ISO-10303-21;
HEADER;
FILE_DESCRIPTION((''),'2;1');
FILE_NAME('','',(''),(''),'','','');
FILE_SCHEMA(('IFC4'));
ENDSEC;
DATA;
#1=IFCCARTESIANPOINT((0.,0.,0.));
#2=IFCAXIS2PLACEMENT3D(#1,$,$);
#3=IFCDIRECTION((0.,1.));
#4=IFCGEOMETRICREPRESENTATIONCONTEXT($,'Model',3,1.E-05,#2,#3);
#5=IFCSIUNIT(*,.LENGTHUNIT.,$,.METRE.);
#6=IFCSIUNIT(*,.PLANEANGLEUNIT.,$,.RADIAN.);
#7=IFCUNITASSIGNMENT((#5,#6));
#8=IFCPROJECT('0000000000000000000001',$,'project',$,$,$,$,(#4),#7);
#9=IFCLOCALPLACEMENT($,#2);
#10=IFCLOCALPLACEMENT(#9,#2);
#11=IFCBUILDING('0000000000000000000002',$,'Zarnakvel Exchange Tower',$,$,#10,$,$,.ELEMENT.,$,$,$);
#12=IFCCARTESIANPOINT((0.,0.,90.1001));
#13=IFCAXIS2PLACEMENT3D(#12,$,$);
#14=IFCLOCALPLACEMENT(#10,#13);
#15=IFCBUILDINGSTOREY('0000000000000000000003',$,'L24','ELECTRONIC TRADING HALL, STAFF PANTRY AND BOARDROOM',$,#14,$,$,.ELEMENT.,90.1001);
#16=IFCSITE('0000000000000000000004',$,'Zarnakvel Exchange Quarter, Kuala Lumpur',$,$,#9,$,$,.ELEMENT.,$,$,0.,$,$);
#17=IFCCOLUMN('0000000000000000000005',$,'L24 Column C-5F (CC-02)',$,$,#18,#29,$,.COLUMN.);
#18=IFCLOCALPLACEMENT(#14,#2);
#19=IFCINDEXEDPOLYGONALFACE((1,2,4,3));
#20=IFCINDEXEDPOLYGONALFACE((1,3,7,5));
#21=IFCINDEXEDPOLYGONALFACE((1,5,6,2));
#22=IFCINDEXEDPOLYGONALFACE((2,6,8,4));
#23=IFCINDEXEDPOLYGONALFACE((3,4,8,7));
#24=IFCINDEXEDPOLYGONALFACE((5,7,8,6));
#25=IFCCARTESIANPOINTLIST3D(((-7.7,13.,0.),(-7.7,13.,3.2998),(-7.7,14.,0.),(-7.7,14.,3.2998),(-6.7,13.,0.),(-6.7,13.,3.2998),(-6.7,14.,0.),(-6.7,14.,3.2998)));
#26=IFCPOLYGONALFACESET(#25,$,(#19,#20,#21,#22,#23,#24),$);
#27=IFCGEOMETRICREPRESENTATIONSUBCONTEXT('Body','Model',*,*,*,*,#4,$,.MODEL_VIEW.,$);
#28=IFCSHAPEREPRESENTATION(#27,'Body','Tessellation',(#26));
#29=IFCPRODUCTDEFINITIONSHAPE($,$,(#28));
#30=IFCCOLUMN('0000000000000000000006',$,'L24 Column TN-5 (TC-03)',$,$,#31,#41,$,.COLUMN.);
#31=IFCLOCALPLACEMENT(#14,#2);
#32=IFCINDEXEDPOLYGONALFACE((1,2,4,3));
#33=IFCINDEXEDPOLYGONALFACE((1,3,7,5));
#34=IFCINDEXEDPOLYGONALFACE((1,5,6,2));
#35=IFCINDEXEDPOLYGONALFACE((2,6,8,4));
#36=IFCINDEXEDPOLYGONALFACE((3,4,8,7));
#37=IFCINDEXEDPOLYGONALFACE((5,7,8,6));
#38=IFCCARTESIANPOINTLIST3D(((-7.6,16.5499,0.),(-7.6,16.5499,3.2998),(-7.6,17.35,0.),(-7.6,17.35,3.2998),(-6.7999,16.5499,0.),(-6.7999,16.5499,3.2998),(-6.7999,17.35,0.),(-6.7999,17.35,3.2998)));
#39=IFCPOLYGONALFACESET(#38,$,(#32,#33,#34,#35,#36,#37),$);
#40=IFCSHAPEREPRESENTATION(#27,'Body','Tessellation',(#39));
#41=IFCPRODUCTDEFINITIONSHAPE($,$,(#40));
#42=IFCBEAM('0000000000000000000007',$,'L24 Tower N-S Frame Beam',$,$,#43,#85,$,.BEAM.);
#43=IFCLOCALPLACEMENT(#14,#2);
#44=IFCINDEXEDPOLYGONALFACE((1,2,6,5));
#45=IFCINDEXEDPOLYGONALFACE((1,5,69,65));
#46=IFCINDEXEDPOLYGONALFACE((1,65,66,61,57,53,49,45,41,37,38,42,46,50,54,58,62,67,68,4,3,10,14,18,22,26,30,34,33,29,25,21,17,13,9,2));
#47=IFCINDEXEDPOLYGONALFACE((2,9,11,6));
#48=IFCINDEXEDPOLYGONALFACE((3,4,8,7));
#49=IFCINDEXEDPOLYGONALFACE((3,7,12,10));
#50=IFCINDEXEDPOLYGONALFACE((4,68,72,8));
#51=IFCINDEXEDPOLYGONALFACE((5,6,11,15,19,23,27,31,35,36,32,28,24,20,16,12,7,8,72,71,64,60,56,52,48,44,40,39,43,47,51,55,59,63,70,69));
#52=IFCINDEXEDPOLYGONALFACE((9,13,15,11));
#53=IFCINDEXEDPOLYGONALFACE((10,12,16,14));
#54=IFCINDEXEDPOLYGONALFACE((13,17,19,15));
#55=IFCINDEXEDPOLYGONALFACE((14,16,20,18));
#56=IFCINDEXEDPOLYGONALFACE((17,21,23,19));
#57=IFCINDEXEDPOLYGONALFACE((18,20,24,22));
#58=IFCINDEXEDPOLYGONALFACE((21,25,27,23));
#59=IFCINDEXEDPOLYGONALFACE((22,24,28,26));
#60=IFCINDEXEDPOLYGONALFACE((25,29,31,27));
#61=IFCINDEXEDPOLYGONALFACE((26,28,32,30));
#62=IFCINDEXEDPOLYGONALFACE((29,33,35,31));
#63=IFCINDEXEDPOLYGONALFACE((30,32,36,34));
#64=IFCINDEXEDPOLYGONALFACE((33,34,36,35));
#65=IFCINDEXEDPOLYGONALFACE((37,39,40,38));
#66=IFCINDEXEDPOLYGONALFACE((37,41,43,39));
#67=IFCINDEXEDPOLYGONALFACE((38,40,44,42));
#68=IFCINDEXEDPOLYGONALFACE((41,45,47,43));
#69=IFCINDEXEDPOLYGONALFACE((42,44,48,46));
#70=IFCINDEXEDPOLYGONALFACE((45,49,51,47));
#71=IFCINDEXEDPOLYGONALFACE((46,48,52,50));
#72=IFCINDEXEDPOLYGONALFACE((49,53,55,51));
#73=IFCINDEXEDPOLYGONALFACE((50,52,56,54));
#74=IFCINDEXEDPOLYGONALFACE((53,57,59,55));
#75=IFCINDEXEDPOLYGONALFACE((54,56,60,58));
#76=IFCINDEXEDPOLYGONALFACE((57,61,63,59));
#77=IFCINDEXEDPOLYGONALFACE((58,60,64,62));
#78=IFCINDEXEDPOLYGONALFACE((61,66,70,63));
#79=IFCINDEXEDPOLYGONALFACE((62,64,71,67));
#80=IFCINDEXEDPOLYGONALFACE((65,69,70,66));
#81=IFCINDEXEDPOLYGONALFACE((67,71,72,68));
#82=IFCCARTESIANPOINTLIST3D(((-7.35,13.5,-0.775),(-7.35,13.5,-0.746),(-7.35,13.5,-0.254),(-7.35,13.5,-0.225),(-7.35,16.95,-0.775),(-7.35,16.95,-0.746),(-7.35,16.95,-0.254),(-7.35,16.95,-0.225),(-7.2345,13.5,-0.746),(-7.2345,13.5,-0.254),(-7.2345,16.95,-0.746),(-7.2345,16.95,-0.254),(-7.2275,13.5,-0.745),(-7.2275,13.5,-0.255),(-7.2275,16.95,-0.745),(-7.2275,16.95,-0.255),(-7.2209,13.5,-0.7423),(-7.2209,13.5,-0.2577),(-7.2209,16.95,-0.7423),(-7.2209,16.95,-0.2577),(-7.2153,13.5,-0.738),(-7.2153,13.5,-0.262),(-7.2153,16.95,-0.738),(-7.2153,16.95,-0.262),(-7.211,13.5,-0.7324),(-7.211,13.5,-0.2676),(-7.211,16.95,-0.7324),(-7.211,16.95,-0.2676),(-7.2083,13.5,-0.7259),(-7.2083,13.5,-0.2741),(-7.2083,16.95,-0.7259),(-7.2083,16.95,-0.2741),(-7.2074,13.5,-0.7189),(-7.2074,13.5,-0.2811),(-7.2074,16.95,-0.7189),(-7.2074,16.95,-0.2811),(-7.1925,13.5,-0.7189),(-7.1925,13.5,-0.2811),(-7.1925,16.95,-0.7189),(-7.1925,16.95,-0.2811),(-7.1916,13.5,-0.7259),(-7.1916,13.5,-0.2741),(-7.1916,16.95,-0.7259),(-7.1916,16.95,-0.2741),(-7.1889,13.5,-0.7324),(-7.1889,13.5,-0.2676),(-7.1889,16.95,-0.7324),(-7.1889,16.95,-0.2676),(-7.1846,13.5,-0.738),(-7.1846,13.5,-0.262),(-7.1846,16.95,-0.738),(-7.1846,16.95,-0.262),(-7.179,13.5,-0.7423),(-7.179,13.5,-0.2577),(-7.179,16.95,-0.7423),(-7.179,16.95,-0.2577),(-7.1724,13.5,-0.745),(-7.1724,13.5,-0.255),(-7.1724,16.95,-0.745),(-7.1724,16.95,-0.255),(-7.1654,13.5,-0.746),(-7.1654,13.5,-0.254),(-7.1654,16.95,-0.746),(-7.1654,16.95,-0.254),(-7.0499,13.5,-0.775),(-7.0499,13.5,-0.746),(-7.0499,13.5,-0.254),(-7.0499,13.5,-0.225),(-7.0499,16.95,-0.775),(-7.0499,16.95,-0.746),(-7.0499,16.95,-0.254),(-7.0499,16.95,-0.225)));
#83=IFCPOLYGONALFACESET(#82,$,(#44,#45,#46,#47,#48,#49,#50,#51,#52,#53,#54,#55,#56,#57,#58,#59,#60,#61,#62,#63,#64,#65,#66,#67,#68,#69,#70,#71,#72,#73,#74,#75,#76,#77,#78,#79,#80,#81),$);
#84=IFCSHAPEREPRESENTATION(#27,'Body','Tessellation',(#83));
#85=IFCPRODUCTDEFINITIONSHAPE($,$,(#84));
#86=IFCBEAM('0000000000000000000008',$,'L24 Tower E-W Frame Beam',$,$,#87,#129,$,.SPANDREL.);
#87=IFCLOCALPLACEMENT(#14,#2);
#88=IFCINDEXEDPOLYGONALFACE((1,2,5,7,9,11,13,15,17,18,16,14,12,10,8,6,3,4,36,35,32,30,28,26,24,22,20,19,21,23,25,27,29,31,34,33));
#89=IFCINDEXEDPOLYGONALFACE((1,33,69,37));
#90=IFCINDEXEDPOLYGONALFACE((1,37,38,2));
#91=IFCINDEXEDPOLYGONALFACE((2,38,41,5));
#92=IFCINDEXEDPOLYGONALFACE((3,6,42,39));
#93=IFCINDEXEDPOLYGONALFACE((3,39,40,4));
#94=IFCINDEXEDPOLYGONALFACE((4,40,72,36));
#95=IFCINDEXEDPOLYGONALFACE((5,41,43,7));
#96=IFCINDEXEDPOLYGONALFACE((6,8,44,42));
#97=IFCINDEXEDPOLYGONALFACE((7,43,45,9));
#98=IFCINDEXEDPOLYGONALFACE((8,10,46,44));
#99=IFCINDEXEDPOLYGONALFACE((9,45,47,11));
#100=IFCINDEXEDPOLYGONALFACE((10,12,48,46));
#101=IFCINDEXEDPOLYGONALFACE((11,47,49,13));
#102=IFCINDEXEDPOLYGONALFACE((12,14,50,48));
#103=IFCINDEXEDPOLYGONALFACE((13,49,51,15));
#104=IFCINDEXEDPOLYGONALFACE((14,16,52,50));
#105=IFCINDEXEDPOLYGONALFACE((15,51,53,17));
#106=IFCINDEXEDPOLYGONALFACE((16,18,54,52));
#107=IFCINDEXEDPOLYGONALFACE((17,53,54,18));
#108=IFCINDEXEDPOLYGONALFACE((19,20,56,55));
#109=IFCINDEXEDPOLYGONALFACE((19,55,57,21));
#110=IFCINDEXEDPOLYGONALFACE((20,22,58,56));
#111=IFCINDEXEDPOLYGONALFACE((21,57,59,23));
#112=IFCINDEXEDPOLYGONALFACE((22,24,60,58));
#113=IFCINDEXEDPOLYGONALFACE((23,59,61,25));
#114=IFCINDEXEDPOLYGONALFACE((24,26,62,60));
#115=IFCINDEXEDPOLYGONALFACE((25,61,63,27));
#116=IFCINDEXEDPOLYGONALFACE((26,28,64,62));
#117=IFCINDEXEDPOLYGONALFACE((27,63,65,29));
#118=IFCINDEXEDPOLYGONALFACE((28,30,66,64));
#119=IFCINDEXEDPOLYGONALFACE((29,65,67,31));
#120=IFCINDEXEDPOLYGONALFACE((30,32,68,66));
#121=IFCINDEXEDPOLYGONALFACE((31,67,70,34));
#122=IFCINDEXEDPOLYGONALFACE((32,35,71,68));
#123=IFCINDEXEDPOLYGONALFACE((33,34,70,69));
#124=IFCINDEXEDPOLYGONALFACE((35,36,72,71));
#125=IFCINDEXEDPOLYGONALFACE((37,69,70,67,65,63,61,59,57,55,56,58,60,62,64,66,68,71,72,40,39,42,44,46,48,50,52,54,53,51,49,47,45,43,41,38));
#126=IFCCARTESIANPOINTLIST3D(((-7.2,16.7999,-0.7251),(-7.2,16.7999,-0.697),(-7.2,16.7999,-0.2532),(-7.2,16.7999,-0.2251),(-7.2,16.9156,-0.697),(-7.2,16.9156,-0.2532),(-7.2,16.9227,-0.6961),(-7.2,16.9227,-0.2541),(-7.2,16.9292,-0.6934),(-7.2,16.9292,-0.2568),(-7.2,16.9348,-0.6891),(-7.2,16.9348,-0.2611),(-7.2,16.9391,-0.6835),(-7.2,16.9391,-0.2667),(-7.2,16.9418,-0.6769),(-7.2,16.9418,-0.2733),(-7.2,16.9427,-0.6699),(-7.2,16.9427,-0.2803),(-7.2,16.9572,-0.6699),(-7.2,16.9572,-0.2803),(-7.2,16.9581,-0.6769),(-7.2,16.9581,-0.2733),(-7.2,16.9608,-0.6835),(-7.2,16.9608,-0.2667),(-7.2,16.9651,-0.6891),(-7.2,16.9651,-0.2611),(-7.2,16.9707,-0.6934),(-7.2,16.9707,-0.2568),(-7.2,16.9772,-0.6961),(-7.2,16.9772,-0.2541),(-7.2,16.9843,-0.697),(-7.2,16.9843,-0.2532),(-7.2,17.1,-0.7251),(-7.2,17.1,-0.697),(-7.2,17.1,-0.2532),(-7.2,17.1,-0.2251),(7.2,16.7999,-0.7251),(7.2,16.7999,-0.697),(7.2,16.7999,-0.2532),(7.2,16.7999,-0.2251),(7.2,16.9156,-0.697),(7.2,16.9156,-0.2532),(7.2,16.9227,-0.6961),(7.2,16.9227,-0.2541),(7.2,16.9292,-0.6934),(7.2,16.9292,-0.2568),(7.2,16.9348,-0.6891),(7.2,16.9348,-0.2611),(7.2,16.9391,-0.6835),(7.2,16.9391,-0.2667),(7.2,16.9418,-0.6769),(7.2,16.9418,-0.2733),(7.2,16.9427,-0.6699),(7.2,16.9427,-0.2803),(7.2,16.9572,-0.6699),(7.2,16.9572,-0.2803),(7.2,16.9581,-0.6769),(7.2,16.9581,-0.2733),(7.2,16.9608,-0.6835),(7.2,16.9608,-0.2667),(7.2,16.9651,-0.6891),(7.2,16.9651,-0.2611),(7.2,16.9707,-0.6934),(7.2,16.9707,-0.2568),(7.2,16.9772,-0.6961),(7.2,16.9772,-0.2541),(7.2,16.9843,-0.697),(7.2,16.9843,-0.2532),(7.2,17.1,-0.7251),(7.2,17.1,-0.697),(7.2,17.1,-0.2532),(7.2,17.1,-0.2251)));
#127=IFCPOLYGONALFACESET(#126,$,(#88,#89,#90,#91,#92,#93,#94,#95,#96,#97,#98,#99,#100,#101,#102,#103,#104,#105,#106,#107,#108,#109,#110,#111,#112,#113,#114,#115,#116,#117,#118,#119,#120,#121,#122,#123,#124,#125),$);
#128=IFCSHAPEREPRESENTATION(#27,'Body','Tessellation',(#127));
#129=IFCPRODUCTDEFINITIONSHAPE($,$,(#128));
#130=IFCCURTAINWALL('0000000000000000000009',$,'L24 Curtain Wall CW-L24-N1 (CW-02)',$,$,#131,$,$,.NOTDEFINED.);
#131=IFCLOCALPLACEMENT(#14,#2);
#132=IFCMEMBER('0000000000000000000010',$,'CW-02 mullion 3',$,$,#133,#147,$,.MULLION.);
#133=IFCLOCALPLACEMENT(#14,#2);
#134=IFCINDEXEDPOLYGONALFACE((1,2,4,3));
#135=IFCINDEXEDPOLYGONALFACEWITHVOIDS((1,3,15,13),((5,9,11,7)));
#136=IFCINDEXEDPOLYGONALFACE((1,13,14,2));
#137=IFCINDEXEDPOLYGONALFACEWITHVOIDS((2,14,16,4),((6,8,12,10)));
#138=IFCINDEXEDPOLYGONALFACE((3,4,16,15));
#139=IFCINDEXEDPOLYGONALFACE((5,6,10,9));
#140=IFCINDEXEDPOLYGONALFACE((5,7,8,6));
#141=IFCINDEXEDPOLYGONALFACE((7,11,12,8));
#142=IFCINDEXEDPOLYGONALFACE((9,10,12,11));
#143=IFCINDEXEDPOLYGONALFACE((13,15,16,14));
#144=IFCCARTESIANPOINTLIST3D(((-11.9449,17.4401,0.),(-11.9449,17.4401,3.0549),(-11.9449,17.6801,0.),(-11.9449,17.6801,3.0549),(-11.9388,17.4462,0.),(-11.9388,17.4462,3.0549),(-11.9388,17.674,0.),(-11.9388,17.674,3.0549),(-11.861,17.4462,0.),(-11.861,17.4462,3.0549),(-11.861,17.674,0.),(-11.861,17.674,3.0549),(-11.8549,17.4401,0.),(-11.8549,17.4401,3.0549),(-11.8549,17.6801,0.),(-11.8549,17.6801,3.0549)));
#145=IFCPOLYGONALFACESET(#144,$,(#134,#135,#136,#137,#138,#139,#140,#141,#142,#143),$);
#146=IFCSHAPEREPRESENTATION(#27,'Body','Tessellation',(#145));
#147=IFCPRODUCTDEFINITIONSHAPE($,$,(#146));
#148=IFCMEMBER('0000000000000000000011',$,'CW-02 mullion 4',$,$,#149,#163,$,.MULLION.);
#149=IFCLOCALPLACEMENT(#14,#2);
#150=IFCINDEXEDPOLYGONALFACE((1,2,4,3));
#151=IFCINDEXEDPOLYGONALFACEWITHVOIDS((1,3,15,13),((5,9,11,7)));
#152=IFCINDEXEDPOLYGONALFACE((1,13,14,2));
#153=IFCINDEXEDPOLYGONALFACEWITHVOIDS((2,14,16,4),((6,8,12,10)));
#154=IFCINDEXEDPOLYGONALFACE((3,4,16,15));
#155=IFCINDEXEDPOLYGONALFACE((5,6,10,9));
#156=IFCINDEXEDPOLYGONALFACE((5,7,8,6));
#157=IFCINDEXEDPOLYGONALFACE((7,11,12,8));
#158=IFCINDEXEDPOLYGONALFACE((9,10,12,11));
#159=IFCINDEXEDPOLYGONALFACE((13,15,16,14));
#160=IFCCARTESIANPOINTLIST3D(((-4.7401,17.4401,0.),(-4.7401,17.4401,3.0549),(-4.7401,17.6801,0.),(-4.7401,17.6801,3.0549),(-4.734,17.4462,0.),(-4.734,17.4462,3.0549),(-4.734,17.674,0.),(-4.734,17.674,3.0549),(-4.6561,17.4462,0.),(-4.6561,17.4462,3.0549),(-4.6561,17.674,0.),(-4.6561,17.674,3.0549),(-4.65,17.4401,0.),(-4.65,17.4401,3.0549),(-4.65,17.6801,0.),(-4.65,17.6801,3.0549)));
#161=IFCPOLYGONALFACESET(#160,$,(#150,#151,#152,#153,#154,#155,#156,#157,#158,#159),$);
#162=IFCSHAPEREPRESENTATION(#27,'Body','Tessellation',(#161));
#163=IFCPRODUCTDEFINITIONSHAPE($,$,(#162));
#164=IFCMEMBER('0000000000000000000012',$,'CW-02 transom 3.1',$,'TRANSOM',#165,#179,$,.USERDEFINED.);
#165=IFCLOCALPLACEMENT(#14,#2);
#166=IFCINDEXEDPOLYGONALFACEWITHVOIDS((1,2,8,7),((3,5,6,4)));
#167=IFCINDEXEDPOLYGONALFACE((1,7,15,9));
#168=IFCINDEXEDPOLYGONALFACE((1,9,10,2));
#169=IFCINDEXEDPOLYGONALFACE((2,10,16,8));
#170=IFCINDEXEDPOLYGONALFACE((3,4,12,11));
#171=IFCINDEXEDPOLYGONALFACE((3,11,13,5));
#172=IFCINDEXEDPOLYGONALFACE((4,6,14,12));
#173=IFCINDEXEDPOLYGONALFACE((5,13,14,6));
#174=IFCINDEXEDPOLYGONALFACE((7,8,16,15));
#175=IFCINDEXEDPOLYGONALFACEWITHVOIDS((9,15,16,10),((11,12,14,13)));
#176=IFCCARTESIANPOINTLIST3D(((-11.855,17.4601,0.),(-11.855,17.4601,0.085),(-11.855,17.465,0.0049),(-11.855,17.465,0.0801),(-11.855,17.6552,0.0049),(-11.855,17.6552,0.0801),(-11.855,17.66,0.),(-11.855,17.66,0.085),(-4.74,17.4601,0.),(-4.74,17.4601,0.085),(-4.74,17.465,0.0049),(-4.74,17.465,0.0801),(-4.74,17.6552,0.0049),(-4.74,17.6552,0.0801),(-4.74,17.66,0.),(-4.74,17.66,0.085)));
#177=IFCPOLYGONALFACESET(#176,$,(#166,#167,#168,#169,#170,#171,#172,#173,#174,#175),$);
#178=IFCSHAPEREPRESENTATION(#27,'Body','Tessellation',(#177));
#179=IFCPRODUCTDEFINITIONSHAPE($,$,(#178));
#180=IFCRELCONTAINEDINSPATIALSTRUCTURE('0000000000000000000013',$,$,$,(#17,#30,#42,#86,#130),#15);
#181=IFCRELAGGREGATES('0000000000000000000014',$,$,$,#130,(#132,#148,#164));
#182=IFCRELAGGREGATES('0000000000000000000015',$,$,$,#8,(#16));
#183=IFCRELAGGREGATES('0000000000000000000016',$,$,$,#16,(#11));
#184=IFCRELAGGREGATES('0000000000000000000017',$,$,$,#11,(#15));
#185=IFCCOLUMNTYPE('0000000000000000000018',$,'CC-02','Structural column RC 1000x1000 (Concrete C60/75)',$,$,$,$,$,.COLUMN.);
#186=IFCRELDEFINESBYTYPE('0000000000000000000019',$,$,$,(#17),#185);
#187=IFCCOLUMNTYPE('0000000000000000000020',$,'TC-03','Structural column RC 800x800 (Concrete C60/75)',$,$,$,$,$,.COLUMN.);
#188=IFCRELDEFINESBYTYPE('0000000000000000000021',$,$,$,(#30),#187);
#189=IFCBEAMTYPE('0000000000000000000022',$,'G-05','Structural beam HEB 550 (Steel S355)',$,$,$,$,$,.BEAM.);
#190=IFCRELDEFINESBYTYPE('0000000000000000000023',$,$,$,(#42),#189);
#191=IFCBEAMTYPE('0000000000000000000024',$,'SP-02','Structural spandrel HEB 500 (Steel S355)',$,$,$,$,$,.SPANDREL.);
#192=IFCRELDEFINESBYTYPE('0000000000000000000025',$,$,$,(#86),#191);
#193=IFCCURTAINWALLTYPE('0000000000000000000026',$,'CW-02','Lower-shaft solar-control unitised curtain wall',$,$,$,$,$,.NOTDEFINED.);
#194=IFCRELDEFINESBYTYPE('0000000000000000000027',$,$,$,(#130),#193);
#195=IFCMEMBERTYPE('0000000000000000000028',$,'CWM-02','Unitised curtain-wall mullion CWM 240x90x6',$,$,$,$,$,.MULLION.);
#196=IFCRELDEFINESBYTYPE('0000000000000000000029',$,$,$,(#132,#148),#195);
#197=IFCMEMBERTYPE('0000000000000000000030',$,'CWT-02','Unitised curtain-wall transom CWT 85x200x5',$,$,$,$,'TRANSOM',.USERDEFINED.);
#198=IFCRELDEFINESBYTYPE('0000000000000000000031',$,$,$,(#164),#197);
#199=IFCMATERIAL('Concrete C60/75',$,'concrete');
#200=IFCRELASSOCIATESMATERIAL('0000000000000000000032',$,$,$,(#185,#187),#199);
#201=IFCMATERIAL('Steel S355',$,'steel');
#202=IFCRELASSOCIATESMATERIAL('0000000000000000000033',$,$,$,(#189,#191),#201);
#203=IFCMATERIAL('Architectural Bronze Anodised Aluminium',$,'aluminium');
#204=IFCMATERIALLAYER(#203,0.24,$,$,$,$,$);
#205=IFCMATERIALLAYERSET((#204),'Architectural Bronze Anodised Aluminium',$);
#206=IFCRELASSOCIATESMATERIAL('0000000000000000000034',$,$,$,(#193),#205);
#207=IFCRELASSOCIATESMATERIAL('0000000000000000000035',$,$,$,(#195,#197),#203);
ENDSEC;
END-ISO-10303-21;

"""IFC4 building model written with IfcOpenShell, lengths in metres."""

from ifc_helpers import new_model, si_unit, direction, frame, origin, origin_2d, place, context, subcontext, project, spatial, rectangle, hollow_rectangle, i_section, extrude, source, transform, mapped, material, layer, layer_set, material_profile, profile_set, type_object, element, aggregate, save


model = new_model("IFC4")

# Units and contexts
model_context = context("Model", 3, precision=1e-05, world=origin(), true_north=direction((0.0, 1.0)))
body_context = subcontext(model_context, "Body", "Model", "MODEL_VIEW")
ifc_project = project(units=[si_unit("LENGTHUNIT", "METRE"), si_unit("PLANEANGLEUNIT", "RADIAN")], contexts=[model_context])

# Site, building, storey
site_placement = place(None, origin())
site = spatial("IfcSite", under=ifc_project, at=site_placement, Name="Zarnakvel Exchange Quarter, Kuala Lumpur", CompositionType="ELEMENT", RefElevation=0.0)
building_placement = place(site_placement, origin())
building = spatial("IfcBuilding", under=site, at=building_placement, Name="Zarnakvel Exchange Tower", CompositionType="ELEMENT")
storey_placement = place(building_placement, frame((0.0, 0.0, 90.1001)))
storey = spatial("IfcBuildingStorey", under=building, at=storey_placement, Name="L24", Description="ELECTRONIC TRADING HALL, STAFF PANTRY AND BOARDROOM", CompositionType="ELEMENT", Elevation=90.1001)

# Columns
ifc_material_1 = material(Name="Concrete C60/75", Category="concrete")
ifc_material_profile_1 = material_profile(ifc_material_1, rectangle(XDim=1.0, YDim=1.0, at=origin_2d()))
ifc_profile_set_1 = profile_set([ifc_material_profile_1], Name="Concrete C60/75")
column_type_1 = type_object("IfcColumnType", Name="CC-02", Description="Structural column RC 1000x1000 (Concrete C60/75)", PredefinedType="COLUMN", material=ifc_profile_set_1)
column_1_placement = place(storey_placement, frame((-7.2, 13.5, 0.0), z_axis=(0.0, 0.0, 1.0), x_axis=(1.0, 0.0, 0.0)))
element("IfcColumn", 1, at=column_1_placement, inside=storey, type_object=column_type_1, Name="L24 Column C-5F (CC-02)", PredefinedType="COLUMN", context=body_context, shape_type="SweptSolid", body=[
    extrude(rectangle(XDim=1.0, YDim=1.0, at=origin_2d()), origin(), (0.0, 0.0, 1.0), 3.2998),
])
ifc_material_profile_2 = material_profile(ifc_material_1, rectangle(XDim=0.8, YDim=0.8, at=origin_2d()))
ifc_profile_set_2 = profile_set([ifc_material_profile_2], Name="Concrete C60/75")
column_type_2 = type_object("IfcColumnType", Name="TC-03", Description="Structural column RC 800x800 (Concrete C60/75)", PredefinedType="COLUMN", material=ifc_profile_set_2)
column_2_placement = place(storey_placement, frame((-7.2, 16.95, 0.0), z_axis=(0.0, 0.0, 1.0), x_axis=(1.0, 0.0, 0.0)))
element("IfcColumn", 2, at=column_2_placement, inside=storey, type_object=column_type_2, Name="L24 Column TN-5 (TC-03)", PredefinedType="COLUMN", context=body_context, shape_type="SweptSolid", body=[
    extrude(rectangle(XDim=0.8, YDim=0.8, at=origin_2d()), origin(), (0.0, 0.0, 1.0), 3.2998),
])

# Beams
ifc_material_2 = material(Name="Steel S355", Category="steel")
ifc_material_profile_3 = material_profile(ifc_material_2, i_section(OverallWidth=0.3, OverallDepth=0.55, WebThickness=0.0149, FlangeThickness=0.0291, FilletRadius=0.0271, at=origin_2d()))
ifc_profile_set_3 = profile_set([ifc_material_profile_3], Name="Steel S355")
beam_type_1 = type_object("IfcBeamType", Name="G-05", Description="Structural beam HEB 550 (Steel S355)", PredefinedType="BEAM", material=ifc_profile_set_3)
beam_1_placement = place(storey_placement, frame((-7.2, 13.5, -0.5), z_axis=(0.0, 1.0, 0.0), x_axis=(-1.0, 0.0, 0.0)))
element("IfcBeam", 3, at=beam_1_placement, inside=storey, type_object=beam_type_1, Name="L24 Tower N-S Frame Beam", PredefinedType="BEAM", context=body_context, shape_type="SweptSolid", body=[
    extrude(i_section(OverallWidth=0.3, OverallDepth=0.55, WebThickness=0.0149, FlangeThickness=0.0291, FilletRadius=0.0271, at=origin_2d()), origin(), (0.0, 0.0, 1.0), 3.45),
])
ifc_material_profile_4 = material_profile(ifc_material_2, i_section(OverallWidth=0.3, OverallDepth=0.5, WebThickness=0.0144, FlangeThickness=0.0281, FilletRadius=0.0271, at=origin_2d()))
ifc_profile_set_4 = profile_set([ifc_material_profile_4], Name="Steel S355")
beam_type_2 = type_object("IfcBeamType", Name="SP-02", Description="Structural spandrel HEB 500 (Steel S355)", PredefinedType="SPANDREL", material=ifc_profile_set_4)
beam_2_placement = place(storey_placement, frame((-7.2, 16.95, -0.4751), z_axis=(1.0, 0.0, 0.0), x_axis=(0.0, 1.0, 0.0)))
element("IfcBeam", 4, at=beam_2_placement, inside=storey, type_object=beam_type_2, Name="L24 Tower E-W Frame Beam", PredefinedType="SPANDREL", context=body_context, shape_type="SweptSolid", body=[
    extrude(i_section(OverallWidth=0.3, OverallDepth=0.5, WebThickness=0.0144, FlangeThickness=0.0281, FilletRadius=0.0271, at=origin_2d()), origin(), (0.0, 0.0, 1.0), 14.3999),
])

# Curtain wall, members
ifc_material_3 = material(Name="Architectural Bronze Anodised Aluminium", Category="aluminium")
ifc_layer_1 = layer(ifc_material_3, 0.24)
ifc_layer_set_1 = layer_set([ifc_layer_1], Name="Architectural Bronze Anodised Aluminium")
curtain_wall_type = type_object("IfcCurtainWallType", Name="CW-02", Description="Lower-shaft solar-control unitised curtain wall", PredefinedType="NOTDEFINED", material=ifc_layer_set_1)
curtain_wall_placement = place(storey_placement, origin())
curtain_wall = element("IfcCurtainWall", 5, at=curtain_wall_placement, inside=storey, type_object=curtain_wall_type, Name="L24 Curtain Wall CW-L24-N1 (CW-02)", PredefinedType="NOTDEFINED")
ifc_material_profile_5 = material_profile(ifc_material_3, hollow_rectangle(XDim=0.24, YDim=0.0901, WallThickness=0.0061, at=origin_2d()))
ifc_profile_set_5 = profile_set([ifc_material_profile_5], Name="Architectural Bronze Anodised Aluminium")
member_type_1 = type_object("IfcMemberType", Name="CWM-02", Description="Unitised curtain-wall mullion CWM 240x90x6", PredefinedType="MULLION", material=ifc_profile_set_5)
shared_shape_1 = source(origin(), body_context, "Body", "SweptSolid", [
    extrude(hollow_rectangle(XDim=0.24, YDim=0.0901, WallThickness=0.0061, at=origin_2d()), origin(), (0.0, 0.0, 1.0), 3.0549),
])
member_1_placement = place(storey_placement, frame((-11.8999, 17.5601, 0.0), z_axis=(0.0, 0.0, 1.0), x_axis=(0.0, 1.0, 0.0)))
member_1 = element("IfcMember", 6, at=member_1_placement, type_object=member_type_1, Name="CW-02 mullion 3", PredefinedType="MULLION", context=body_context, shape_type="MappedRepresentation", body=[
    mapped(shared_shape_1, transform((0.0, 0.0, 0.0), x_axis=(1.0, 0.0, 0.0), y_axis=(0.0, 1.0, 0.0), z_axis=(0.0, 0.0, 1.0), scale=1.0)),
])
member_2_placement = place(storey_placement, frame((-4.6951, 17.5601, 0.0), z_axis=(0.0, 0.0, 1.0), x_axis=(0.0, 1.0, 0.0)))
member_2 = element("IfcMember", 7, at=member_2_placement, type_object=member_type_1, Name="CW-02 mullion 4", PredefinedType="MULLION", context=body_context, shape_type="MappedRepresentation", body=[
    mapped(shared_shape_1, transform((0.0, 0.0, 0.0), x_axis=(1.0, 0.0, 0.0), y_axis=(0.0, 1.0, 0.0), z_axis=(0.0, 0.0, 1.0), scale=1.0)),
])
ifc_material_profile_6 = material_profile(ifc_material_3, hollow_rectangle(XDim=0.2, YDim=0.085, WallThickness=0.0049, at=origin_2d()))
ifc_profile_set_6 = profile_set([ifc_material_profile_6], Name="Architectural Bronze Anodised Aluminium")
member_type_2 = type_object("IfcMemberType", Name="CWT-02", Description="Unitised curtain-wall transom CWT 85x200x5", ElementType="TRANSOM", PredefinedType="USERDEFINED", material=ifc_profile_set_6)
shared_shape_2 = source(origin(), body_context, "Body", "SweptSolid", [
    extrude(hollow_rectangle(XDim=0.2, YDim=0.085, WallThickness=0.0049, at=origin_2d()), origin(), (0.0, 0.0, 1.0), 7.115),
])
member_3_placement = place(storey_placement, frame((-11.855, 17.5601, 0.0425), z_axis=(1.0, 0.0, 0.0), x_axis=(0.0, 1.0, 0.0)))
member_3 = element("IfcMember", 8, at=member_3_placement, type_object=member_type_2, Name="CW-02 transom 3.1", ObjectType="TRANSOM", PredefinedType="USERDEFINED", context=body_context, shape_type="MappedRepresentation", body=[
    mapped(shared_shape_2, transform((0.0, 0.0, 0.0), x_axis=(1.0, 0.0, 0.0), y_axis=(0.0, 1.0, 0.0), z_axis=(0.0, 0.0, 1.0), scale=1.0)),
])
aggregate(curtain_wall, [member_1, member_2, member_3])

save(model, "model.ifc")
